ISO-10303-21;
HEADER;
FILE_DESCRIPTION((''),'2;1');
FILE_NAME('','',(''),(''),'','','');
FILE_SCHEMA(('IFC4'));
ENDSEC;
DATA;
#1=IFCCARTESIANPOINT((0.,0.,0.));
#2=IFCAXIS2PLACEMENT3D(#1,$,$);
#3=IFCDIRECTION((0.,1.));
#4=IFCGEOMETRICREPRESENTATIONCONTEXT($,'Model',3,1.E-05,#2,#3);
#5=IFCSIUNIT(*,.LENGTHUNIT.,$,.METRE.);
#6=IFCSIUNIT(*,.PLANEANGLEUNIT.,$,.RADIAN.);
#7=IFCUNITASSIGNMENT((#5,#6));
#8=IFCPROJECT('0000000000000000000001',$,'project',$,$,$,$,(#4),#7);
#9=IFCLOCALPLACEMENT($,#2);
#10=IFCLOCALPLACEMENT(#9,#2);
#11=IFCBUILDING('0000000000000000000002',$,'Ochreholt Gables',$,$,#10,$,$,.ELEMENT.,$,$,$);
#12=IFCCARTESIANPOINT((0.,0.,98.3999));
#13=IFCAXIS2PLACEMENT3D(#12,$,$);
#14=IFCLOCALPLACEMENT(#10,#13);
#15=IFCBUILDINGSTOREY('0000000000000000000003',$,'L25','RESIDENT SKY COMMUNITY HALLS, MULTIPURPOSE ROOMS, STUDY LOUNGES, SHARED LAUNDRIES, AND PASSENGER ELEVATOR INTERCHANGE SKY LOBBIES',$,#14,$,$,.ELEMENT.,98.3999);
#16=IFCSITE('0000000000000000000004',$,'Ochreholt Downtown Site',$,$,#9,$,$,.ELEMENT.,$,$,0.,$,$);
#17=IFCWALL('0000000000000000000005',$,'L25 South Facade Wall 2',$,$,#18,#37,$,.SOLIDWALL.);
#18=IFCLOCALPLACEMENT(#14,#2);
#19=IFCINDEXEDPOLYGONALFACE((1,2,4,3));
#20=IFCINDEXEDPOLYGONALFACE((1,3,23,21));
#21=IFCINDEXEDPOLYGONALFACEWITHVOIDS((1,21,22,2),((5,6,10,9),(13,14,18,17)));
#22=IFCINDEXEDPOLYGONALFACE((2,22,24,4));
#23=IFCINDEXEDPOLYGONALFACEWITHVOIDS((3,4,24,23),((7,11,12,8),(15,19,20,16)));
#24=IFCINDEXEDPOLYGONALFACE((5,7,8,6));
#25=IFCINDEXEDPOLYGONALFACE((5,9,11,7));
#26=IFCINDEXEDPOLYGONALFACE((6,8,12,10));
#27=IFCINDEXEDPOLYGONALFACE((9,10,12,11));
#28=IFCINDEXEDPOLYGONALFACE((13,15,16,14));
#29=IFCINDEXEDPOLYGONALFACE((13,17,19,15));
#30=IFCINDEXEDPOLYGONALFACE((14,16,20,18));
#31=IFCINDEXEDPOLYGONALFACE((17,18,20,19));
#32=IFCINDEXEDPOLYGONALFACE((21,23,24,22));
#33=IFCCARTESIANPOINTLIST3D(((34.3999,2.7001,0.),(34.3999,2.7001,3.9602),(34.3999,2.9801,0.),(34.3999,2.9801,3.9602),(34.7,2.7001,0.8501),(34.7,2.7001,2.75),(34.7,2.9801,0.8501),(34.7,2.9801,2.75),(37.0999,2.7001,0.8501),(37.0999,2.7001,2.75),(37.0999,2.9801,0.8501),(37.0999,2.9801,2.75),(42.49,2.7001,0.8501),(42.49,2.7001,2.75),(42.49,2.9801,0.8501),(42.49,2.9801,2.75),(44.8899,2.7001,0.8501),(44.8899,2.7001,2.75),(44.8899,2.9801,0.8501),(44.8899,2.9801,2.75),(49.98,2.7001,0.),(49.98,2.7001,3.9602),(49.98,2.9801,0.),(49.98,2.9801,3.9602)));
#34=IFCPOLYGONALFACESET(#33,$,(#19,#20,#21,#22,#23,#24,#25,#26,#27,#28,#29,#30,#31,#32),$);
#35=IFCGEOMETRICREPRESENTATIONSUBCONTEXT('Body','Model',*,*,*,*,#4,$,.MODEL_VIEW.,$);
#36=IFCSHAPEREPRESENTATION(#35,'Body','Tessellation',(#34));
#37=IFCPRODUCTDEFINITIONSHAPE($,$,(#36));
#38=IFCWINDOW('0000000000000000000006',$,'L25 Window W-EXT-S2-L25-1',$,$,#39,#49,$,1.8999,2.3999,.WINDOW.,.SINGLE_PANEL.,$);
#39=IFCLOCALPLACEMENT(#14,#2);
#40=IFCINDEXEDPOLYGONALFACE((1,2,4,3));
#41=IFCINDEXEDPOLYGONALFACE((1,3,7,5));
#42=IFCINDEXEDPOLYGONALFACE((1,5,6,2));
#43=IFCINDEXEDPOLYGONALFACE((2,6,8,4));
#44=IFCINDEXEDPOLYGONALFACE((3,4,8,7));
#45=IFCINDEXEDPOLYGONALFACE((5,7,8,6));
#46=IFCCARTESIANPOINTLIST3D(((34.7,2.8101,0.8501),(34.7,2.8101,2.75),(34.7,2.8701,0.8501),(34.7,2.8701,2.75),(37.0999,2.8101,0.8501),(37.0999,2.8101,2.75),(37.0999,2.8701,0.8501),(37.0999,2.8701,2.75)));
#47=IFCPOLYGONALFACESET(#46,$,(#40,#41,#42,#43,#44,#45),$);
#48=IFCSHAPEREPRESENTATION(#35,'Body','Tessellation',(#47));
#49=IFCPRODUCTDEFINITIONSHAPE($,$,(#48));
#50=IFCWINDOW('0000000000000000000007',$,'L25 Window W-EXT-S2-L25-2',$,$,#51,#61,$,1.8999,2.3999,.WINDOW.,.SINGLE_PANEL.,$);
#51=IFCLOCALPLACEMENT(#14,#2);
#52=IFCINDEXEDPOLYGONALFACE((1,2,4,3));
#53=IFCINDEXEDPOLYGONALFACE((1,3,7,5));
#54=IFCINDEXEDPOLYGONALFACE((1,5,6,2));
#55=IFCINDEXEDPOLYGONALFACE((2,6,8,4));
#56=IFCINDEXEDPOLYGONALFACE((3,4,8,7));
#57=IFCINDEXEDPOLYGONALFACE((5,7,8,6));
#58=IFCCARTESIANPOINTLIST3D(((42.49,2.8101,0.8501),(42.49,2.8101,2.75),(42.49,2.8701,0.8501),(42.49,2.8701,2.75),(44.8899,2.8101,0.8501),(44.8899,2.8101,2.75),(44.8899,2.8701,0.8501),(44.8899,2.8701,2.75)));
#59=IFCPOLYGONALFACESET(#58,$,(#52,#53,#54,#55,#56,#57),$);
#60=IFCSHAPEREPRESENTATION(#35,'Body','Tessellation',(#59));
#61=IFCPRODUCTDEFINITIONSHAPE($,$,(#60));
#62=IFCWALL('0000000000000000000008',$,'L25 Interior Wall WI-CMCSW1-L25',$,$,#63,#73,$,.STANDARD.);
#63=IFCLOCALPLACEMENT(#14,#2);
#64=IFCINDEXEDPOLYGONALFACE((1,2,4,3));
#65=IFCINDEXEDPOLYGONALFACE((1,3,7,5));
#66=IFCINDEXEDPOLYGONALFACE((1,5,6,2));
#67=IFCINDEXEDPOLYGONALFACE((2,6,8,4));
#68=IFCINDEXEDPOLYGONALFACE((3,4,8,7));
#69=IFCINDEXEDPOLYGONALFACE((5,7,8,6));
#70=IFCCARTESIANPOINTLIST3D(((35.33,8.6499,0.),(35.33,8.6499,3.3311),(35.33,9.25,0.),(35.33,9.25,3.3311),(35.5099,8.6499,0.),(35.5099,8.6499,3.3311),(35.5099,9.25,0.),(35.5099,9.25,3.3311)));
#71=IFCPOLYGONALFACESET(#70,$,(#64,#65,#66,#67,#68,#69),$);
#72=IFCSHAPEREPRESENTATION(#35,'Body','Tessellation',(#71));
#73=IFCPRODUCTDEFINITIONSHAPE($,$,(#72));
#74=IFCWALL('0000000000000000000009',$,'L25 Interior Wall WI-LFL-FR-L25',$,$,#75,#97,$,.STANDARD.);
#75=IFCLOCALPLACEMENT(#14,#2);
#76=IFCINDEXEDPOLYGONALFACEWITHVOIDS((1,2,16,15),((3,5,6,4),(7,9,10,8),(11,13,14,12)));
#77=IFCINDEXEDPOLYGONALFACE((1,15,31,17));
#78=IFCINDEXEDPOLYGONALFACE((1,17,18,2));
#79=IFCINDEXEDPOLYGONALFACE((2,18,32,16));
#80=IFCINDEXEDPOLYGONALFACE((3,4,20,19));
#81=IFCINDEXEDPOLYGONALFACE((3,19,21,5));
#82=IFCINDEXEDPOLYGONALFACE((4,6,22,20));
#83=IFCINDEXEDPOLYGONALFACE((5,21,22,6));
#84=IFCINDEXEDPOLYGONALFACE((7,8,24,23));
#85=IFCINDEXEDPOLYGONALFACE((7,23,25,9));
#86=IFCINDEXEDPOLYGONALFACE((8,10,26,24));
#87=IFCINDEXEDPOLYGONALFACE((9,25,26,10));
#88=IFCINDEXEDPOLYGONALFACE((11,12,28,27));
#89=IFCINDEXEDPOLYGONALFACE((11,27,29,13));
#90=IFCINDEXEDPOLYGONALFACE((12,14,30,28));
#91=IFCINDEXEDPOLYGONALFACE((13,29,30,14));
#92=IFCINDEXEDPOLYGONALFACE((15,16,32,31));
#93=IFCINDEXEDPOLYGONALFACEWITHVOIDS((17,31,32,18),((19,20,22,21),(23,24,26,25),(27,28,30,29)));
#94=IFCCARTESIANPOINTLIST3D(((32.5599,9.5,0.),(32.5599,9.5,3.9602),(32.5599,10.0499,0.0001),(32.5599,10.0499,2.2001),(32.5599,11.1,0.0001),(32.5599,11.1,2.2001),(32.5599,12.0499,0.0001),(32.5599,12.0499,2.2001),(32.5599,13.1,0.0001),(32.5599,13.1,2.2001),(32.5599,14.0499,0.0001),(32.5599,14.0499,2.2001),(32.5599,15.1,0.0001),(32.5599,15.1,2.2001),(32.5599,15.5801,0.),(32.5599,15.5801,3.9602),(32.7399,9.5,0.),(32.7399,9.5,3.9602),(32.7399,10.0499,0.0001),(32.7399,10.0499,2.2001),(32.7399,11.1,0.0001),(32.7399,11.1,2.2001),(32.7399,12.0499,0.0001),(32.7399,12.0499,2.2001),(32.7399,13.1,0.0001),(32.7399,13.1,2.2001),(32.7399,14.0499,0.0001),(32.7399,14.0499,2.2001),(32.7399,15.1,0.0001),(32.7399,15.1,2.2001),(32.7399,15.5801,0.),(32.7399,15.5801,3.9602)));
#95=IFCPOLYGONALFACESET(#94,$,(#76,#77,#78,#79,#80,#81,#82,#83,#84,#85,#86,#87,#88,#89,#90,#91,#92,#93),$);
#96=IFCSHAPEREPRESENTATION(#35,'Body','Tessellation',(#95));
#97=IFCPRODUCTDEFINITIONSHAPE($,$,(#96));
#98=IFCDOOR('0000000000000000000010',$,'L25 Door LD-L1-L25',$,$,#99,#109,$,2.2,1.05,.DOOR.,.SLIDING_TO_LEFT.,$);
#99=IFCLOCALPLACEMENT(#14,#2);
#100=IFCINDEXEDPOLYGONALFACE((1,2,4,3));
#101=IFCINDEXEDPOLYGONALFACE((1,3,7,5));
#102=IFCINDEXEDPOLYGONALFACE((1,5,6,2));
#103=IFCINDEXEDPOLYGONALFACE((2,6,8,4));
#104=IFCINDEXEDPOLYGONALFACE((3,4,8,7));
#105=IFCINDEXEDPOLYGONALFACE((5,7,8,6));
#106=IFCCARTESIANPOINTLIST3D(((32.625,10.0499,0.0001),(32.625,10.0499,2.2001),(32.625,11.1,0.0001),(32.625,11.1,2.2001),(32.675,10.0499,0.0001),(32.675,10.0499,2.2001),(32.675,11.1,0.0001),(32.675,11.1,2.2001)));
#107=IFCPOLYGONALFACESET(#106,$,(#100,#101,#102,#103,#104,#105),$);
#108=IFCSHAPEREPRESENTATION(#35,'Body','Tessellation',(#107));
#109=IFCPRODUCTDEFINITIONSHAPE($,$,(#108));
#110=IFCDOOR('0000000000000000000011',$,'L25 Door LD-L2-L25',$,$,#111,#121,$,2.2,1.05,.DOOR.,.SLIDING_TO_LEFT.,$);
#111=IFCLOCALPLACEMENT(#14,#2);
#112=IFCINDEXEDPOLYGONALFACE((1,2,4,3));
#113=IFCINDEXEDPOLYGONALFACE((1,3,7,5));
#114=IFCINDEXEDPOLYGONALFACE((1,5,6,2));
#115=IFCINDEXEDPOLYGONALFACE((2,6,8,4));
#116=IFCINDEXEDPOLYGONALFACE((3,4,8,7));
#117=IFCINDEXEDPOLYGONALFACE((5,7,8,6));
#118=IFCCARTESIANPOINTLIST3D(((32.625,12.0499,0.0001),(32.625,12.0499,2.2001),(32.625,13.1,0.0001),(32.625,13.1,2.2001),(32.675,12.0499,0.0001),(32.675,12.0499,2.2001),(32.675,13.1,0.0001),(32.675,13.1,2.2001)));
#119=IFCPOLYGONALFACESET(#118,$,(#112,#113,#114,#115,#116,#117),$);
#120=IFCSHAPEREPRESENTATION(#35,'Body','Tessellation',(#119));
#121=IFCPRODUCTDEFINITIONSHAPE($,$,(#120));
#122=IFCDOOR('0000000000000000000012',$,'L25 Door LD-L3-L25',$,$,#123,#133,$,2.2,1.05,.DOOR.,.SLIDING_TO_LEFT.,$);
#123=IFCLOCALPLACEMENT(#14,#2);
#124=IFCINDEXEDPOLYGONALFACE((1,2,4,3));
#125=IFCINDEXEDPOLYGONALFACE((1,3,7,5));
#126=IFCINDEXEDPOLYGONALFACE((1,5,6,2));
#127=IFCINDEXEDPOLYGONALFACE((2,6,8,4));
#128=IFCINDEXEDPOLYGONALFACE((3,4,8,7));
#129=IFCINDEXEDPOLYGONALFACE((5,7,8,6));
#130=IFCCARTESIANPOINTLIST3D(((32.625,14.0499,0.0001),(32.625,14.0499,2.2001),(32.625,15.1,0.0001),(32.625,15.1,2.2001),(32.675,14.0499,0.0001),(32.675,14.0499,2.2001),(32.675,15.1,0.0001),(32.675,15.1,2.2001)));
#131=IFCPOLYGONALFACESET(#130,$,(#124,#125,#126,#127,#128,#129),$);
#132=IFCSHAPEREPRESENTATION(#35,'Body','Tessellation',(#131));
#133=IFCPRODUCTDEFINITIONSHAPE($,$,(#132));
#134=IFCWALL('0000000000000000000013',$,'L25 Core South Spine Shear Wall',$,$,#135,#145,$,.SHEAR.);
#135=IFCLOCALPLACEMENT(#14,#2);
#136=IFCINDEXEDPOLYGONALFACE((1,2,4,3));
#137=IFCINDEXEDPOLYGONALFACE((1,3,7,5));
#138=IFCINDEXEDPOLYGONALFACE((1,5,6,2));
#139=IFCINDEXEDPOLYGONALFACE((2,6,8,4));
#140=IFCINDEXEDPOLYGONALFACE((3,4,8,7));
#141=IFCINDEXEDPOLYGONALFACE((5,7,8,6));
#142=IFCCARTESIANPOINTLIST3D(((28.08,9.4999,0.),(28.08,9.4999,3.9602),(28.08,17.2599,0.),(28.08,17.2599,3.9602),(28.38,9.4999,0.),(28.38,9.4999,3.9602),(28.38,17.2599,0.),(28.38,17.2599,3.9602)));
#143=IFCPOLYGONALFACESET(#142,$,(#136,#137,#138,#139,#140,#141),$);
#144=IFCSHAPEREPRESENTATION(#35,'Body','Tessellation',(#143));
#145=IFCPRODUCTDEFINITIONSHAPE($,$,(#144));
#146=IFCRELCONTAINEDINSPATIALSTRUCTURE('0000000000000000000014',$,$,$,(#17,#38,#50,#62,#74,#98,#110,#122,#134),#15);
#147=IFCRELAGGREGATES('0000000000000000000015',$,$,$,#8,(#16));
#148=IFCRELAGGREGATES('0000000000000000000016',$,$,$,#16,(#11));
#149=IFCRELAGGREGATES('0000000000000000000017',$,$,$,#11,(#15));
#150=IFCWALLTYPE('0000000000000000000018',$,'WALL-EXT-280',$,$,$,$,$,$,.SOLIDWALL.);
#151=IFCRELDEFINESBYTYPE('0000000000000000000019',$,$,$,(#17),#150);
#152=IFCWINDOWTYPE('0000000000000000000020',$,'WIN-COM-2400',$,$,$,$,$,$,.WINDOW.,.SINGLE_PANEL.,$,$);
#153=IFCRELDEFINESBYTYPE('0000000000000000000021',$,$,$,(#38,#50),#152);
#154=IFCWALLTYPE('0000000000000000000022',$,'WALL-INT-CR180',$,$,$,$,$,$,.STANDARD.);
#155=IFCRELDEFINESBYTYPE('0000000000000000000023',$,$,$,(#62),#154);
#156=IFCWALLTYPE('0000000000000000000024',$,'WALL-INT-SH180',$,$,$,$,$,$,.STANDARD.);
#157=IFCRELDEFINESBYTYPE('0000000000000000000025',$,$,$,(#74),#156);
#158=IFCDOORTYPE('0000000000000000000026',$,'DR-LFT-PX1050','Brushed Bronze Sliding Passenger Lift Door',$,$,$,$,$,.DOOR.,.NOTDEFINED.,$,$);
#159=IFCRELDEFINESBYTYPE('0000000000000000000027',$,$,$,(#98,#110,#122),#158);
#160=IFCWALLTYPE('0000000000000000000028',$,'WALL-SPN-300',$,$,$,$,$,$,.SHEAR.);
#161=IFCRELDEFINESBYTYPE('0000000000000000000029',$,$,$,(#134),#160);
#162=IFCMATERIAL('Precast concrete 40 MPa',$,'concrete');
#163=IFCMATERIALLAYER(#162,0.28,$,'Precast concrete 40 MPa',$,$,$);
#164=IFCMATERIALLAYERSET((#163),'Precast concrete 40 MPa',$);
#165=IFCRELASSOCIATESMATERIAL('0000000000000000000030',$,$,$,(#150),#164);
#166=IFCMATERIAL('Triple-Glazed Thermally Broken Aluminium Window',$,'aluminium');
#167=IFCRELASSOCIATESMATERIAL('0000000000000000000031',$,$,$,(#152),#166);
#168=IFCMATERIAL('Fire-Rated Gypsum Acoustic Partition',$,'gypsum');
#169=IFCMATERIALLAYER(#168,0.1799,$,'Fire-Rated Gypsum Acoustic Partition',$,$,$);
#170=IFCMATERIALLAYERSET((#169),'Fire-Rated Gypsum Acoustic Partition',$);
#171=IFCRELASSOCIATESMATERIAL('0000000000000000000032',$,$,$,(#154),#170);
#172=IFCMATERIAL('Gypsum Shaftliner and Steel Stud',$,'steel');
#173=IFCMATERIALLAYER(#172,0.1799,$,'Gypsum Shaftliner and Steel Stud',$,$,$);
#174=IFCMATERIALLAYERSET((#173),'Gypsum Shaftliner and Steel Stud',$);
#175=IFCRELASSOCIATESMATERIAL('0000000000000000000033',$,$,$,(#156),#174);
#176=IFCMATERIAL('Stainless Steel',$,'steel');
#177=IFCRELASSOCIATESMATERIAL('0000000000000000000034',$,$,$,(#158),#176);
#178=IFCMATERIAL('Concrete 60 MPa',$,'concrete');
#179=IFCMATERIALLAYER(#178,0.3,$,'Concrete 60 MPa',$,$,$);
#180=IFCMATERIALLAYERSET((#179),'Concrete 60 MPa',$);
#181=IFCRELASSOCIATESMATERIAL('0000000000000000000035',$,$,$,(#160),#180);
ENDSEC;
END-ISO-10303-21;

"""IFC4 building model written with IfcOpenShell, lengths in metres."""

from ifc_helpers import new_model, si_unit, direction, frame, frame_2d, origin, place, context, subcontext, project, spatial, rectangle, extrude, material, layer, layer_set, type_object, element, fill, save


model = new_model("IFC4")

# Units and contexts
model_context = context("Model", 3, precision=1e-05, world=origin(), true_north=direction((0.0, 1.0)))
body_context = subcontext(model_context, "Body", "Model", "MODEL_VIEW")
ifc_project = project(units=[si_unit("LENGTHUNIT", "METRE"), si_unit("PLANEANGLEUNIT", "RADIAN")], contexts=[model_context])

# Site, building, storey
site_placement = place(None, origin())
site = spatial("IfcSite", under=ifc_project, at=site_placement, Name="Ochreholt Downtown Site", CompositionType="ELEMENT", RefElevation=0.0)
building_placement = place(site_placement, origin())
building = spatial("IfcBuilding", under=site, at=building_placement, Name="Ochreholt Gables", CompositionType="ELEMENT")
storey_placement = place(building_placement, frame((0.0, 0.0, 98.3999)))
storey = spatial("IfcBuildingStorey", under=building, at=storey_placement, Name="L25", Description="RESIDENT SKY COMMUNITY HALLS, MULTIPURPOSE ROOMS, STUDY LOUNGES, SHARED LAUNDRIES, AND PASSENGER ELEVATOR INTERCHANGE SKY LOBBIES", CompositionType="ELEMENT", Elevation=98.3999)

# Shared definitions
ifc_material_1 = material(Name="Concrete 60 MPa", Category="concrete")

# Wall, openings, windows
ifc_material_2 = material(Name="Precast concrete 40 MPa", Category="concrete")
ifc_layer_1 = layer(ifc_material_2, 0.28, Name="Precast concrete 40 MPa")
ifc_layer_set_1 = layer_set([ifc_layer_1], Name="Precast concrete 40 MPa")
wall_type_1 = type_object("IfcWallType", Name="WALL-EXT-280", PredefinedType="SOLIDWALL", material=ifc_layer_set_1)
wall_1_placement = place(storey_placement, frame((34.3999, 2.8401, 0.0), z_axis=(0.0, 0.0, 1.0), x_axis=(1.0, 0.0, 0.0)))
wall_1 = element("IfcWall", 1, at=wall_1_placement, inside=storey, type_object=wall_type_1, Name="L25 South Facade Wall 2", PredefinedType="SOLIDWALL", context=body_context, shape_type="SweptSolid", body=[
    extrude(rectangle(XDim=15.5801, YDim=0.28, at=frame_2d((7.79, 0.0))), origin(), (0.0, 0.0, 1.0), 3.9602),
])
opening_1_placement = place(wall_1_placement, frame((0.3, 0.0, 0.8501)))
opening_1 = element("IfcOpeningElement", 2, at=opening_1_placement, cuts=wall_1, PredefinedType="OPENING", context=body_context, shape_type="SweptSolid", body=[
    extrude(rectangle(XDim=2.3999, YDim=1.8999, at=frame_2d((1.2, 0.95))), frame((0.0, 0.1499, 0.0), z_axis=(0.0, -1.0, 0.0), x_axis=(1.0, 0.0, 0.0)), (0.0, 0.0, 1.0), 0.3),
])
opening_2_placement = place(wall_1_placement, frame((8.0901, 0.0, 0.8501)))
opening_2 = element("IfcOpeningElement", 3, at=opening_2_placement, cuts=wall_1, PredefinedType="OPENING", context=body_context, shape_type="SweptSolid", body=[
    extrude(rectangle(XDim=2.3999, YDim=1.8999, at=frame_2d((1.2, 0.95))), frame((0.0, 0.1499, 0.0), z_axis=(0.0, -1.0, 0.0), x_axis=(1.0, 0.0, 0.0)), (0.0, 0.0, 1.0), 0.3),
])
ifc_material_3 = material(Name="Triple-Glazed Thermally Broken Aluminium Window", Category="aluminium")
window_type = type_object("IfcWindowType", Name="WIN-COM-2400", PartitioningType="SINGLE_PANEL", PredefinedType="WINDOW", material=ifc_material_3)
window_1_placement = place(opening_1_placement, origin())
window_1 = element("IfcWindow", 4, at=window_1_placement, inside=storey, type_object=window_type, Name="L25 Window W-EXT-S2-L25-1", OverallHeight=1.8999, OverallWidth=2.3999, PartitioningType="SINGLE_PANEL", PredefinedType="WINDOW", context=body_context, shape_type="SweptSolid", body=[
    extrude(rectangle(XDim=2.3999, YDim=1.8999, at=frame_2d((1.2, 0.95))), frame((0.0, 0.03, 0.0), z_axis=(0.0, -1.0, 0.0), x_axis=(1.0, 0.0, 0.0)), (0.0, 0.0, 1.0), 0.0601),
])
fill(opening_1, window_1)
window_2_placement = place(opening_2_placement, origin())
window_2 = element("IfcWindow", 5, at=window_2_placement, inside=storey, type_object=window_type, Name="L25 Window W-EXT-S2-L25-2", OverallHeight=1.8999, OverallWidth=2.3999, PartitioningType="SINGLE_PANEL", PredefinedType="WINDOW", context=body_context, shape_type="SweptSolid", body=[
    extrude(rectangle(XDim=2.3999, YDim=1.8999, at=frame_2d((1.2, 0.95))), frame((0.0, 0.03, 0.0), z_axis=(0.0, -1.0, 0.0), x_axis=(1.0, 0.0, 0.0)), (0.0, 0.0, 1.0), 0.0601),
])
fill(opening_2, window_2)

# Wall
ifc_material_4 = material(Name="Fire-Rated Gypsum Acoustic Partition", Category="gypsum")
ifc_layer_2 = layer(ifc_material_4, 0.1799, Name="Fire-Rated Gypsum Acoustic Partition")
ifc_layer_set_2 = layer_set([ifc_layer_2], Name="Fire-Rated Gypsum Acoustic Partition")
wall_type_2 = type_object("IfcWallType", Name="WALL-INT-CR180", PredefinedType="STANDARD", material=ifc_layer_set_2)
wall_2_placement = place(storey_placement, frame((35.4199, 8.6499, 0.0), z_axis=(0.0, 0.0, 1.0), x_axis=(0.0, 1.0, 0.0)))
element("IfcWall", 6, at=wall_2_placement, inside=storey, type_object=wall_type_2, Name="L25 Interior Wall WI-CMCSW1-L25", PredefinedType="STANDARD", context=body_context, shape_type="SweptSolid", body=[
    extrude(rectangle(XDim=0.6001, YDim=0.1799, at=frame_2d((0.3, 0.0))), origin(), (0.0, 0.0, 1.0), 3.3311),
])

# Wall, openings, doors
ifc_material_5 = material(Name="Gypsum Shaftliner and Steel Stud", Category="steel")
ifc_layer_3 = layer(ifc_material_5, 0.1799, Name="Gypsum Shaftliner and Steel Stud")
ifc_layer_set_3 = layer_set([ifc_layer_3], Name="Gypsum Shaftliner and Steel Stud")
wall_type_3 = type_object("IfcWallType", Name="WALL-INT-SH180", PredefinedType="STANDARD", material=ifc_layer_set_3)
wall_3_placement = place(storey_placement, frame((32.6499, 9.5, 0.0), z_axis=(0.0, 0.0, 1.0), x_axis=(0.0, 1.0, 0.0)))
wall_3 = element("IfcWall", 7, at=wall_3_placement, inside=storey, type_object=wall_type_3, Name="L25 Interior Wall WI-LFL-FR-L25", PredefinedType="STANDARD", context=body_context, shape_type="SweptSolid", body=[
    extrude(rectangle(XDim=6.0801, YDim=0.1799, at=frame_2d((3.04, 0.0))), origin(), (0.0, 0.0, 1.0), 3.9602),
])
opening_3_placement = place(wall_3_placement, frame((0.55, 0.0, 0.0)))
opening_3 = element("IfcOpeningElement", 8, at=opening_3_placement, cuts=wall_3, PredefinedType="OPENING", context=body_context, shape_type="SweptSolid", body=[
    extrude(rectangle(XDim=1.05, YDim=2.2, at=frame_2d((0.5249, 1.1001))), frame((0.0, 0.0999, 0.0), z_axis=(0.0, -1.0, 0.0), x_axis=(1.0, 0.0, 0.0)), (0.0, 0.0, 1.0), 0.2),
])
opening_4_placement = place(wall_3_placement, frame((2.55, 0.0, 0.0)))
opening_4 = element("IfcOpeningElement", 9, at=opening_4_placement, cuts=wall_3, PredefinedType="OPENING", context=body_context, shape_type="SweptSolid", body=[
    extrude(rectangle(XDim=1.05, YDim=2.2, at=frame_2d((0.5249, 1.1001))), frame((0.0, 0.0999, 0.0), z_axis=(0.0, -1.0, 0.0), x_axis=(1.0, 0.0, 0.0)), (0.0, 0.0, 1.0), 0.2),
])
opening_5_placement = place(wall_3_placement, frame((4.55, 0.0, 0.0)))
opening_5 = element("IfcOpeningElement", 10, at=opening_5_placement, cuts=wall_3, PredefinedType="OPENING", context=body_context, shape_type="SweptSolid", body=[
    extrude(rectangle(XDim=1.05, YDim=2.2, at=frame_2d((0.5249, 1.1001))), frame((0.0, 0.0999, 0.0), z_axis=(0.0, -1.0, 0.0), x_axis=(1.0, 0.0, 0.0)), (0.0, 0.0, 1.0), 0.2),
])
ifc_material_6 = material(Name="Stainless Steel", Category="steel")
door_type = type_object("IfcDoorType", Name="DR-LFT-PX1050", Description="Brushed Bronze Sliding Passenger Lift Door", OperationType="NOTDEFINED", PredefinedType="DOOR", material=ifc_material_6)
door_1_placement = place(opening_3_placement, origin())
door_1 = element("IfcDoor", 11, at=door_1_placement, inside=storey, type_object=door_type, Name="L25 Door LD-L1-L25", OperationType="SLIDING_TO_LEFT", OverallHeight=2.2, OverallWidth=1.05, PredefinedType="DOOR", context=body_context, shape_type="SweptSolid", body=[
    extrude(rectangle(XDim=1.05, YDim=2.2, at=frame_2d((0.5249, 1.1001))), frame((0.0, 0.0249, 0.0), z_axis=(0.0, -1.0, 0.0), x_axis=(1.0, 0.0, 0.0)), (0.0, 0.0, 1.0), 0.05),
])
fill(opening_3, door_1)
door_2_placement = place(opening_4_placement, origin())
door_2 = element("IfcDoor", 12, at=door_2_placement, inside=storey, type_object=door_type, Name="L25 Door LD-L2-L25", OperationType="SLIDING_TO_LEFT", OverallHeight=2.2, OverallWidth=1.05, PredefinedType="DOOR", context=body_context, shape_type="SweptSolid", body=[
    extrude(rectangle(XDim=1.05, YDim=2.2, at=frame_2d((0.5249, 1.1001))), frame((0.0, 0.0249, 0.0), z_axis=(0.0, -1.0, 0.0), x_axis=(1.0, 0.0, 0.0)), (0.0, 0.0, 1.0), 0.05),
])
fill(opening_4, door_2)
door_3_placement = place(opening_5_placement, origin())
door_3 = element("IfcDoor", 13, at=door_3_placement, inside=storey, type_object=door_type, Name="L25 Door LD-L3-L25", OperationType="SLIDING_TO_LEFT", OverallHeight=2.2, OverallWidth=1.05, PredefinedType="DOOR", context=body_context, shape_type="SweptSolid", body=[
    extrude(rectangle(XDim=1.05, YDim=2.2, at=frame_2d((0.5249, 1.1001))), frame((0.0, 0.0249, 0.0), z_axis=(0.0, -1.0, 0.0), x_axis=(1.0, 0.0, 0.0)), (0.0, 0.0, 1.0), 0.05),
])
fill(opening_5, door_3)

# Wall
ifc_layer_4 = layer(ifc_material_1, 0.3, Name="Concrete 60 MPa")
ifc_layer_set_4 = layer_set([ifc_layer_4], Name="Concrete 60 MPa")
wall_type_4 = type_object("IfcWallType", Name="WALL-SPN-300", PredefinedType="SHEAR", material=ifc_layer_set_4)
wall_4_placement = place(storey_placement, frame((28.23, 9.5, 0.0), z_axis=(0.0, 0.0, 1.0), x_axis=(0.0, 1.0, 0.0)))
element("IfcWall", 14, at=wall_4_placement, inside=storey, type_object=wall_type_4, Name="L25 Core South Spine Shear Wall", PredefinedType="SHEAR", context=body_context, shape_type="SweptSolid", body=[
    extrude(rectangle(XDim=7.76, YDim=0.3, at=frame_2d((3.8799, 0.0))), origin(), (0.0, 0.0, 1.0), 3.9602),
])

save(model, "model.ifc")
